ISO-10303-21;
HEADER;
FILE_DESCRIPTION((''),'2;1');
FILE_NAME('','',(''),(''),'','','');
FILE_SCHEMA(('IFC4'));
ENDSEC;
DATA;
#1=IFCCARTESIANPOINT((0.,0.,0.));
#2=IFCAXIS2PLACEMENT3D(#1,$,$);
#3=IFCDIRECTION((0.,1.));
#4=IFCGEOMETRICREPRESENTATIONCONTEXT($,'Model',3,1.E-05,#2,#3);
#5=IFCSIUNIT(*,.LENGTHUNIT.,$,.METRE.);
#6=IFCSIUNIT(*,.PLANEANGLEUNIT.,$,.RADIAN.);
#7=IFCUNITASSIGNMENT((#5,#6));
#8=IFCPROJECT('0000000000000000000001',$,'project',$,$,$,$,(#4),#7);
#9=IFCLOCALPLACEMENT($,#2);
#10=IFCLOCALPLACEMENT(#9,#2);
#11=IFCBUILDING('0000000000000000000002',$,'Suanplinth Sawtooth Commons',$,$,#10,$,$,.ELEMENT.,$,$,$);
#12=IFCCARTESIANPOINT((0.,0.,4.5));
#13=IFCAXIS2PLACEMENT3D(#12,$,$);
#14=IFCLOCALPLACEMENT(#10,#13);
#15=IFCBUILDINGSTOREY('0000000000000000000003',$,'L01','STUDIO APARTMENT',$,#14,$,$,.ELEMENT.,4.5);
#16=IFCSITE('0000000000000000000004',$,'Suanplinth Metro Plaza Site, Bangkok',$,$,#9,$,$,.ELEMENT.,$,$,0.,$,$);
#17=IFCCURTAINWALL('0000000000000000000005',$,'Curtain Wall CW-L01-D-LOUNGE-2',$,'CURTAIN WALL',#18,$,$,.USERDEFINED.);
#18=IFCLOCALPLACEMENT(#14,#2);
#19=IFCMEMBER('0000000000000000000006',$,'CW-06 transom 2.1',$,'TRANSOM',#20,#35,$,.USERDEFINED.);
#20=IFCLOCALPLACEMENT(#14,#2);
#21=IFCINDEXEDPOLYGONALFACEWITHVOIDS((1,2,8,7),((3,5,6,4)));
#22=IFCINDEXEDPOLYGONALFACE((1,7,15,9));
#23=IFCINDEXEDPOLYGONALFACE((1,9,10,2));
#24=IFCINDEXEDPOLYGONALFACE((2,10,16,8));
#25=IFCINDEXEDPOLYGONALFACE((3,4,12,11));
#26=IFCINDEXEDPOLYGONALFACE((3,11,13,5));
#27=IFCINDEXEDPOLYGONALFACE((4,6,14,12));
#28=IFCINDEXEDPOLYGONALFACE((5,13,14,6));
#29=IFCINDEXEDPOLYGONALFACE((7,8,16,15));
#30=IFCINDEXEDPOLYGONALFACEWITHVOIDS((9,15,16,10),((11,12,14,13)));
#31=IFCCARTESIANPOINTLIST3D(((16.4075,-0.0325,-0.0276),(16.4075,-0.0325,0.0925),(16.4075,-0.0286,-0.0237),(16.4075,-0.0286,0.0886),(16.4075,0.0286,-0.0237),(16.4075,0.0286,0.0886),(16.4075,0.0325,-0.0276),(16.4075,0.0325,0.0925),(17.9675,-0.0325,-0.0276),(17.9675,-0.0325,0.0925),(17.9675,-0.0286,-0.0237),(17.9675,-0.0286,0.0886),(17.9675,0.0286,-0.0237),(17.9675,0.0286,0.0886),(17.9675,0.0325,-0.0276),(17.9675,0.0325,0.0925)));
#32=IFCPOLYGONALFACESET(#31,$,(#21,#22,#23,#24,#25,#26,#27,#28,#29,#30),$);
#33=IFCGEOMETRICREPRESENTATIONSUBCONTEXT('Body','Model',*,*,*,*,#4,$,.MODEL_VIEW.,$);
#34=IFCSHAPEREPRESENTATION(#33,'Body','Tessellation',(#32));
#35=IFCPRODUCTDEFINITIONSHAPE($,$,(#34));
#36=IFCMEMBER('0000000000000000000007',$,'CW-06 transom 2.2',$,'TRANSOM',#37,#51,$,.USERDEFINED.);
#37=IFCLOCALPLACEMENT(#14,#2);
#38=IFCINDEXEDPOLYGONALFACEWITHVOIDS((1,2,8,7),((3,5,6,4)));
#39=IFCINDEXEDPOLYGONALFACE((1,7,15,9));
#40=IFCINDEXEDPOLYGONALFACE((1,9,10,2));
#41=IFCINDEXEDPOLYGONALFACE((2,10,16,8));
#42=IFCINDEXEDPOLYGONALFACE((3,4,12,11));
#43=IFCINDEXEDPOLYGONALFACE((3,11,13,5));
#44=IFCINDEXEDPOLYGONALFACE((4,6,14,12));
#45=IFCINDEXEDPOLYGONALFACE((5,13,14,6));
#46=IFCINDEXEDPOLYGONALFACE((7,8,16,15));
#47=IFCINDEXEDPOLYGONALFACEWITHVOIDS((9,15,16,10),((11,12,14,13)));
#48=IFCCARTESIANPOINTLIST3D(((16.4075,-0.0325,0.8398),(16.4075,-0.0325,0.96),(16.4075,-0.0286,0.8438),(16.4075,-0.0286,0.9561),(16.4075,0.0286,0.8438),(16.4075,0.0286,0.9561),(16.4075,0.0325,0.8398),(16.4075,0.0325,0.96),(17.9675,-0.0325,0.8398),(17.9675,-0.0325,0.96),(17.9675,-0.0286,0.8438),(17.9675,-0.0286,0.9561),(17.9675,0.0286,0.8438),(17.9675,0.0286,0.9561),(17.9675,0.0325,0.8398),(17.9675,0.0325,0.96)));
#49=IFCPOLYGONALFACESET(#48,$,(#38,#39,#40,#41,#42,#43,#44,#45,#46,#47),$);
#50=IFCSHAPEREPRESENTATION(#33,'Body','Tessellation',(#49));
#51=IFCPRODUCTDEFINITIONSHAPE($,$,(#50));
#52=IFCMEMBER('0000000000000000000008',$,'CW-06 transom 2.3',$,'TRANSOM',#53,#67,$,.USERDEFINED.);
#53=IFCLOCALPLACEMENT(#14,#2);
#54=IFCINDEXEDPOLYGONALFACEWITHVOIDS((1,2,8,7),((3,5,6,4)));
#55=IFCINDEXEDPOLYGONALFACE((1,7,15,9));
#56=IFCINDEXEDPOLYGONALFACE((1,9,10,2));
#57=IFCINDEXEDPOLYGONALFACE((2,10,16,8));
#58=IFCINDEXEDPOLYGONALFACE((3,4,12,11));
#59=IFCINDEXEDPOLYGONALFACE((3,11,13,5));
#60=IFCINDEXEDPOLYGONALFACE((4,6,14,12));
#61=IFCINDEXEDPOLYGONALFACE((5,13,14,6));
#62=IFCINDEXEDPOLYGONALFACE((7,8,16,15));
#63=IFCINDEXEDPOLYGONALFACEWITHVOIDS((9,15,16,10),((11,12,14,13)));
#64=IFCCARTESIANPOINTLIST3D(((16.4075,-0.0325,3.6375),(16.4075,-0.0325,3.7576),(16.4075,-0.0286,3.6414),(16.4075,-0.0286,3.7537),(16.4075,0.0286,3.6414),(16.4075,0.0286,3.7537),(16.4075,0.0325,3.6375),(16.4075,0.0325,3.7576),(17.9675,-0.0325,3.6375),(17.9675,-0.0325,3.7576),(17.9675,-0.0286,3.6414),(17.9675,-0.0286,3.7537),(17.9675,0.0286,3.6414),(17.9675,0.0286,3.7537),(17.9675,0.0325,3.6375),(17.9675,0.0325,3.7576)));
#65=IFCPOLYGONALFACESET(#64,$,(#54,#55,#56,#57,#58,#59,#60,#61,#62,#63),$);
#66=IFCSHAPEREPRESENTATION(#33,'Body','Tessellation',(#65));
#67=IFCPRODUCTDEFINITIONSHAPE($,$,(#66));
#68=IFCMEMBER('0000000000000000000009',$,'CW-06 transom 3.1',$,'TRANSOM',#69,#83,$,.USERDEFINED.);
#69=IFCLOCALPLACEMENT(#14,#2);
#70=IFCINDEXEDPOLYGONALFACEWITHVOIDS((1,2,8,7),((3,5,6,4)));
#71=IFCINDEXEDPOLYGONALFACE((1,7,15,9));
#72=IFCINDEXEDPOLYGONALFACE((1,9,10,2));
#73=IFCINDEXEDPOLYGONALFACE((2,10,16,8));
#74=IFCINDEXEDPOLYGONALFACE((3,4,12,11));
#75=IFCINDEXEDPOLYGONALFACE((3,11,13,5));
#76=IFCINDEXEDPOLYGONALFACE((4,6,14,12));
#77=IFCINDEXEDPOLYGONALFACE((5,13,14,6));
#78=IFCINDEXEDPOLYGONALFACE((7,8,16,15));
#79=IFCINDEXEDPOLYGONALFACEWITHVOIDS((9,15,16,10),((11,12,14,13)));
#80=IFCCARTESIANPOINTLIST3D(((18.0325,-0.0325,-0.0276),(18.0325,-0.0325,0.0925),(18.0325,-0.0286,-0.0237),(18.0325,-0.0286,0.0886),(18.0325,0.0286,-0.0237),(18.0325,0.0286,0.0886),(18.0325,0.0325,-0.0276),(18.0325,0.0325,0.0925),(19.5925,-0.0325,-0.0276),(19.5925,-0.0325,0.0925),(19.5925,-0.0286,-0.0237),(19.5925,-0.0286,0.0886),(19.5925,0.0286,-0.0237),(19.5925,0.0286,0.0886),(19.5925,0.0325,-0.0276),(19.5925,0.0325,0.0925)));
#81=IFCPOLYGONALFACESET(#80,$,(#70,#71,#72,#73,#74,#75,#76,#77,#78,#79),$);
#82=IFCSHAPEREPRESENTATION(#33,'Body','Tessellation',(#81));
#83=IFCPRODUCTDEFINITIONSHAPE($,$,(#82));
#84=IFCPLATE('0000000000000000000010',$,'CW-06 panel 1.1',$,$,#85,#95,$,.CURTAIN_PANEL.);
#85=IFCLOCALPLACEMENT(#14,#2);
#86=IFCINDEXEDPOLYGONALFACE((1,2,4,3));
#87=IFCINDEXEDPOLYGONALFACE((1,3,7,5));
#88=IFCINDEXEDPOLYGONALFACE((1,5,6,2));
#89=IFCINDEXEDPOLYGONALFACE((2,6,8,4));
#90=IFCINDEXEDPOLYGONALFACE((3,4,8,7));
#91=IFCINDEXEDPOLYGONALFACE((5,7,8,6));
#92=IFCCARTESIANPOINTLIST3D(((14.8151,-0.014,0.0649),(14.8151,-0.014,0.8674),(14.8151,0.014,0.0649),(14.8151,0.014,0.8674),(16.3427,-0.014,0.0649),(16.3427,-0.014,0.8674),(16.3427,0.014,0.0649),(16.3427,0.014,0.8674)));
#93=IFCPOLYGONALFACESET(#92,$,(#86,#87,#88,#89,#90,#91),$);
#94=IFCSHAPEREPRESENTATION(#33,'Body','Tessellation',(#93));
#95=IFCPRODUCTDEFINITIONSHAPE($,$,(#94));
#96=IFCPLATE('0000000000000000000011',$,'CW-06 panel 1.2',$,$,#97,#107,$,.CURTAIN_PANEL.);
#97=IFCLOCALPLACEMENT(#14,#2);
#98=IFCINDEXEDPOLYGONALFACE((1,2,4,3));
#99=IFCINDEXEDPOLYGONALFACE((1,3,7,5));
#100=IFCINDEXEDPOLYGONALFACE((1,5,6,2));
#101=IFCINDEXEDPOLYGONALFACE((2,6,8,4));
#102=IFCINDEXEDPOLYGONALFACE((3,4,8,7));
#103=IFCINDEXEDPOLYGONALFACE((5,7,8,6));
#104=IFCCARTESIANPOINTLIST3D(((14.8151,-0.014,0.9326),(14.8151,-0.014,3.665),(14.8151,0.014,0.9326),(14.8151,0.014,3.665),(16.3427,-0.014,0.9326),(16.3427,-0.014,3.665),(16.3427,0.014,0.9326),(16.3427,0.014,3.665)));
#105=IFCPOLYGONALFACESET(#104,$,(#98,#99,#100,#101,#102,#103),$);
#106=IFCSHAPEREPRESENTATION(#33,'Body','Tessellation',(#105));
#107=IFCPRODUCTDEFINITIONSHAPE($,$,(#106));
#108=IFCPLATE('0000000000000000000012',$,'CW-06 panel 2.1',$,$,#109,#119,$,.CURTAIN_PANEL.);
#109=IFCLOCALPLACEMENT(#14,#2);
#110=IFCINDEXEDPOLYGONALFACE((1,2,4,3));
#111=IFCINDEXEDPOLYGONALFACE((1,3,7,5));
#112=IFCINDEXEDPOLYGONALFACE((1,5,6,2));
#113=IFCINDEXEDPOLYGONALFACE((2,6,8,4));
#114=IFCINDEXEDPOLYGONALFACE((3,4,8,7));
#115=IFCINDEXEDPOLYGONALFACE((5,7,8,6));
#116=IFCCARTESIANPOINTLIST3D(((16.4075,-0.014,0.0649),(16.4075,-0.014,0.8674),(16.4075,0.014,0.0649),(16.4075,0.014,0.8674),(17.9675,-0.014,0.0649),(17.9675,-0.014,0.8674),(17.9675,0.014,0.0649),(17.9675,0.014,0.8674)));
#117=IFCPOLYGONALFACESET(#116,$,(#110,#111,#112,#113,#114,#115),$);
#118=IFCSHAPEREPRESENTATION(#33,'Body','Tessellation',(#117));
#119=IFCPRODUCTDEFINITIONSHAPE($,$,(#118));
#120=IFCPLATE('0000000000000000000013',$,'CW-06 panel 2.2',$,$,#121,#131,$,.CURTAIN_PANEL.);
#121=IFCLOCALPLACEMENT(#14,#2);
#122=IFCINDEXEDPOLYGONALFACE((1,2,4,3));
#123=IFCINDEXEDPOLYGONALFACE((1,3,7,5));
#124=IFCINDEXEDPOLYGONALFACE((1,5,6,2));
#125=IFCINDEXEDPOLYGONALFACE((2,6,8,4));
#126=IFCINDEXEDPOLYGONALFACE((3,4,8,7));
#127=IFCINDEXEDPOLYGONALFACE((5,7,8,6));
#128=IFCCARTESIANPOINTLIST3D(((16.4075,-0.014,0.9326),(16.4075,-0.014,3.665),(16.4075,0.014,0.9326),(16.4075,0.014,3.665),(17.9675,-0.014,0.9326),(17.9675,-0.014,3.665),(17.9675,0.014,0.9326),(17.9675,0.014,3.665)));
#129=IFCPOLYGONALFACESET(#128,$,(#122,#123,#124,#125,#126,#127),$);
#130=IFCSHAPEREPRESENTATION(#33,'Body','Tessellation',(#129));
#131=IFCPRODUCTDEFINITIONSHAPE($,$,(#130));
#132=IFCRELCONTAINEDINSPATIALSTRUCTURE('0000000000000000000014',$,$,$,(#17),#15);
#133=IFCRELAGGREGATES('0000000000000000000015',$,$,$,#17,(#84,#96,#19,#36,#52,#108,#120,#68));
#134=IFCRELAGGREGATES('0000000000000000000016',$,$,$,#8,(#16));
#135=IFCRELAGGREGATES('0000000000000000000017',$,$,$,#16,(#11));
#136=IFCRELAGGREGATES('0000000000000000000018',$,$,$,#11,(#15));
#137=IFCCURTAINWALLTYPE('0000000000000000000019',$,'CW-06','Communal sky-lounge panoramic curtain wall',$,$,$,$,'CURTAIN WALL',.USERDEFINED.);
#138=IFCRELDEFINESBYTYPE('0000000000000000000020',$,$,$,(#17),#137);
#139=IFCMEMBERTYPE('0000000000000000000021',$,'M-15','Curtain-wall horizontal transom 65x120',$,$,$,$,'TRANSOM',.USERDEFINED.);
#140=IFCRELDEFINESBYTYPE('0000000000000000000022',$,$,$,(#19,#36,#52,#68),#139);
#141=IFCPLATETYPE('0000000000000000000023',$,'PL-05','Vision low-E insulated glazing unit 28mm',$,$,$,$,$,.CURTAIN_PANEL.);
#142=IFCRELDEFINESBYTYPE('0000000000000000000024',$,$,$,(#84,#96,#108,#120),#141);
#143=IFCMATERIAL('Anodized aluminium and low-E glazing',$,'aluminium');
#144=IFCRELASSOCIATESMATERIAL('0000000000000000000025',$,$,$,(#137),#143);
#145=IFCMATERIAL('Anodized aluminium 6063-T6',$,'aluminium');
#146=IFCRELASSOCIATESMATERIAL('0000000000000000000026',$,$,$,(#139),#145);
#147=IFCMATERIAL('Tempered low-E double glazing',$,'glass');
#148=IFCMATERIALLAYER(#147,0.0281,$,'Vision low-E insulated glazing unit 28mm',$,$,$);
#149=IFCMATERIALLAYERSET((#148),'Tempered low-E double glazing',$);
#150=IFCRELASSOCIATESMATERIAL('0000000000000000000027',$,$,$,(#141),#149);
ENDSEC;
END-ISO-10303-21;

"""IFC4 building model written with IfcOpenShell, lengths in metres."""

from ifc_helpers import new_model, si_unit, direction, frame, origin, origin_2d, place, context, subcontext, project, spatial, rectangle, hollow_rectangle, extrude, material, layer, layer_set, material_profile, profile_set, type_object, element, aggregate, save


model = new_model("IFC4")

# Units and contexts
model_context = context("Model", 3, precision=1e-05, world=origin(), true_north=direction((0.0, 1.0)))
body_context = subcontext(model_context, "Body", "Model", "MODEL_VIEW")
ifc_project = project(units=[si_unit("LENGTHUNIT", "METRE"), si_unit("PLANEANGLEUNIT", "RADIAN")], contexts=[model_context])

# Site, building, storey
site_placement = place(None, origin())
site = spatial("IfcSite", under=ifc_project, at=site_placement, Name="Suanplinth Metro Plaza Site, Bangkok", CompositionType="ELEMENT", RefElevation=0.0)
building_placement = place(site_placement, origin())
building = spatial("IfcBuilding", under=site, at=building_placement, Name="Suanplinth Sawtooth Commons", CompositionType="ELEMENT")
storey_placement = place(building_placement, frame((0.0, 0.0, 4.5)))
storey = spatial("IfcBuildingStorey", under=building, at=storey_placement, Name="L01", Description="STUDIO APARTMENT", CompositionType="ELEMENT", Elevation=4.5)

# Curtain wall, members, plates
ifc_material_1 = material(Name="Anodized aluminium and low-E glazing", Category="aluminium")
curtain_wall_type = type_object("IfcCurtainWallType", Name="CW-06", Description="Communal sky-lounge panoramic curtain wall", ElementType="CURTAIN WALL", PredefinedType="USERDEFINED", material=ifc_material_1)
curtain_wall_placement = place(storey_placement, origin())
curtain_wall = element("IfcCurtainWall", 1, at=curtain_wall_placement, inside=storey, type_object=curtain_wall_type, Name="Curtain Wall CW-L01-D-LOUNGE-2", ObjectType="CURTAIN WALL", PredefinedType="USERDEFINED")
ifc_material_2 = material(Name="Anodized aluminium 6063-T6", Category="aluminium")
ifc_material_profile_1 = material_profile(ifc_material_2, hollow_rectangle(XDim=0.0649, YDim=0.1201, WallThickness=0.0039, at=origin_2d()), Name="ALU-TRN 65x120")
ifc_profile_set_1 = profile_set([ifc_material_profile_1], Name="Anodized aluminium 6063-T6")
member_type_1 = type_object("IfcMemberType", Name="M-15", Description="Curtain-wall horizontal transom 65x120", ElementType="TRANSOM", PredefinedType="USERDEFINED", material=ifc_profile_set_1)
member_1_placement = place(storey_placement, frame((16.4075, 0.0, 0.0325), z_axis=(1.0, 0.0, 0.0), x_axis=(0.0, 1.0, 0.0)))
member_1 = element("IfcMember", 2, at=member_1_placement, type_object=member_type_1, Name="CW-06 transom 2.1", ObjectType="TRANSOM", PredefinedType="USERDEFINED", context=body_context, shape_type="SweptSolid", body=[
    extrude(hollow_rectangle(XDim=0.0649, YDim=0.1201, WallThickness=0.0039, at=origin_2d()), origin(), (0.0, 0.0, 1.0), 1.5601),
])
member_2_placement = place(storey_placement, frame((16.4075, 0.0, 0.8999), z_axis=(1.0, 0.0, 0.0), x_axis=(0.0, 1.0, 0.0)))
member_2 = element("IfcMember", 3, at=member_2_placement, type_object=member_type_1, Name="CW-06 transom 2.2", ObjectType="TRANSOM", PredefinedType="USERDEFINED", context=body_context, shape_type="SweptSolid", body=[
    extrude(hollow_rectangle(XDim=0.0649, YDim=0.1201, WallThickness=0.0039, at=origin_2d()), origin(), (0.0, 0.0, 1.0), 1.5601),
])
member_3_placement = place(storey_placement, frame((16.4075, 0.0, 3.6975), z_axis=(1.0, 0.0, 0.0), x_axis=(0.0, 1.0, 0.0)))
member_3 = element("IfcMember", 4, at=member_3_placement, type_object=member_type_1, Name="CW-06 transom 2.3", ObjectType="TRANSOM", PredefinedType="USERDEFINED", context=body_context, shape_type="SweptSolid", body=[
    extrude(hollow_rectangle(XDim=0.0649, YDim=0.1201, WallThickness=0.0039, at=origin_2d()), origin(), (0.0, 0.0, 1.0), 1.5601),
])
member_4_placement = place(storey_placement, frame((18.0325, 0.0, 0.0325), z_axis=(1.0, 0.0, 0.0), x_axis=(0.0, 1.0, 0.0)))
member_4 = element("IfcMember", 5, at=member_4_placement, type_object=member_type_1, Name="CW-06 transom 3.1", ObjectType="TRANSOM", PredefinedType="USERDEFINED", context=body_context, shape_type="SweptSolid", body=[
    extrude(hollow_rectangle(XDim=0.0649, YDim=0.1201, WallThickness=0.0039, at=origin_2d()), origin(), (0.0, 0.0, 1.0), 1.5601),
])
ifc_material_3 = material(Name="Tempered low-E double glazing", Category="glass")
ifc_layer = layer(ifc_material_3, 0.0281, Name="Vision low-E insulated glazing unit 28mm")
ifc_layer_set = layer_set([ifc_layer], Name="Tempered low-E double glazing")
plate_type = type_object("IfcPlateType", Name="PL-05", Description="Vision low-E insulated glazing unit 28mm", PredefinedType="CURTAIN_PANEL", material=ifc_layer_set)
plate_1_placement = place(storey_placement, frame((15.5789, 0.0, 0.0649), z_axis=(0.0, 0.0, 1.0), x_axis=(1.0, 0.0, 0.0)))
plate_1 = element("IfcPlate", 6, at=plate_1_placement, type_object=plate_type, Name="CW-06 panel 1.1", PredefinedType="CURTAIN_PANEL", context=body_context, shape_type="SweptSolid", body=[
    extrude(rectangle(XDim=1.5276, YDim=0.0281, at=origin_2d()), origin(), (0.0, 0.0, 1.0), 0.8025),
])
plate_2_placement = place(storey_placement, frame((15.5789, 0.0, 0.9326), z_axis=(0.0, 0.0, 1.0), x_axis=(1.0, 0.0, 0.0)))
plate_2 = element("IfcPlate", 7, at=plate_2_placement, type_object=plate_type, Name="CW-06 panel 1.2", PredefinedType="CURTAIN_PANEL", context=body_context, shape_type="SweptSolid", body=[
    extrude(rectangle(XDim=1.5276, YDim=0.0281, at=origin_2d()), origin(), (0.0, 0.0, 1.0), 2.7324),
])
plate_3_placement = place(storey_placement, frame((17.1875, 0.0, 0.0649), z_axis=(0.0, 0.0, 1.0), x_axis=(1.0, 0.0, 0.0)))
plate_3 = element("IfcPlate", 8, at=plate_3_placement, type_object=plate_type, Name="CW-06 panel 2.1", PredefinedType="CURTAIN_PANEL", context=body_context, shape_type="SweptSolid", body=[
    extrude(rectangle(XDim=1.5601, YDim=0.0281, at=origin_2d()), origin(), (0.0, 0.0, 1.0), 0.8025),
])
plate_4_placement = place(storey_placement, frame((17.1875, 0.0, 0.9326), z_axis=(0.0, 0.0, 1.0), x_axis=(1.0, 0.0, 0.0)))
plate_4 = element("IfcPlate", 9, at=plate_4_placement, type_object=plate_type, Name="CW-06 panel 2.2", PredefinedType="CURTAIN_PANEL", context=body_context, shape_type="SweptSolid", body=[
    extrude(rectangle(XDim=1.5601, YDim=0.0281, at=origin_2d()), origin(), (0.0, 0.0, 1.0), 2.7324),
])
aggregate(curtain_wall, [plate_1, plate_2, member_1, member_2, member_3, plate_3, plate_4, member_4])

save(model, "model.ifc")
